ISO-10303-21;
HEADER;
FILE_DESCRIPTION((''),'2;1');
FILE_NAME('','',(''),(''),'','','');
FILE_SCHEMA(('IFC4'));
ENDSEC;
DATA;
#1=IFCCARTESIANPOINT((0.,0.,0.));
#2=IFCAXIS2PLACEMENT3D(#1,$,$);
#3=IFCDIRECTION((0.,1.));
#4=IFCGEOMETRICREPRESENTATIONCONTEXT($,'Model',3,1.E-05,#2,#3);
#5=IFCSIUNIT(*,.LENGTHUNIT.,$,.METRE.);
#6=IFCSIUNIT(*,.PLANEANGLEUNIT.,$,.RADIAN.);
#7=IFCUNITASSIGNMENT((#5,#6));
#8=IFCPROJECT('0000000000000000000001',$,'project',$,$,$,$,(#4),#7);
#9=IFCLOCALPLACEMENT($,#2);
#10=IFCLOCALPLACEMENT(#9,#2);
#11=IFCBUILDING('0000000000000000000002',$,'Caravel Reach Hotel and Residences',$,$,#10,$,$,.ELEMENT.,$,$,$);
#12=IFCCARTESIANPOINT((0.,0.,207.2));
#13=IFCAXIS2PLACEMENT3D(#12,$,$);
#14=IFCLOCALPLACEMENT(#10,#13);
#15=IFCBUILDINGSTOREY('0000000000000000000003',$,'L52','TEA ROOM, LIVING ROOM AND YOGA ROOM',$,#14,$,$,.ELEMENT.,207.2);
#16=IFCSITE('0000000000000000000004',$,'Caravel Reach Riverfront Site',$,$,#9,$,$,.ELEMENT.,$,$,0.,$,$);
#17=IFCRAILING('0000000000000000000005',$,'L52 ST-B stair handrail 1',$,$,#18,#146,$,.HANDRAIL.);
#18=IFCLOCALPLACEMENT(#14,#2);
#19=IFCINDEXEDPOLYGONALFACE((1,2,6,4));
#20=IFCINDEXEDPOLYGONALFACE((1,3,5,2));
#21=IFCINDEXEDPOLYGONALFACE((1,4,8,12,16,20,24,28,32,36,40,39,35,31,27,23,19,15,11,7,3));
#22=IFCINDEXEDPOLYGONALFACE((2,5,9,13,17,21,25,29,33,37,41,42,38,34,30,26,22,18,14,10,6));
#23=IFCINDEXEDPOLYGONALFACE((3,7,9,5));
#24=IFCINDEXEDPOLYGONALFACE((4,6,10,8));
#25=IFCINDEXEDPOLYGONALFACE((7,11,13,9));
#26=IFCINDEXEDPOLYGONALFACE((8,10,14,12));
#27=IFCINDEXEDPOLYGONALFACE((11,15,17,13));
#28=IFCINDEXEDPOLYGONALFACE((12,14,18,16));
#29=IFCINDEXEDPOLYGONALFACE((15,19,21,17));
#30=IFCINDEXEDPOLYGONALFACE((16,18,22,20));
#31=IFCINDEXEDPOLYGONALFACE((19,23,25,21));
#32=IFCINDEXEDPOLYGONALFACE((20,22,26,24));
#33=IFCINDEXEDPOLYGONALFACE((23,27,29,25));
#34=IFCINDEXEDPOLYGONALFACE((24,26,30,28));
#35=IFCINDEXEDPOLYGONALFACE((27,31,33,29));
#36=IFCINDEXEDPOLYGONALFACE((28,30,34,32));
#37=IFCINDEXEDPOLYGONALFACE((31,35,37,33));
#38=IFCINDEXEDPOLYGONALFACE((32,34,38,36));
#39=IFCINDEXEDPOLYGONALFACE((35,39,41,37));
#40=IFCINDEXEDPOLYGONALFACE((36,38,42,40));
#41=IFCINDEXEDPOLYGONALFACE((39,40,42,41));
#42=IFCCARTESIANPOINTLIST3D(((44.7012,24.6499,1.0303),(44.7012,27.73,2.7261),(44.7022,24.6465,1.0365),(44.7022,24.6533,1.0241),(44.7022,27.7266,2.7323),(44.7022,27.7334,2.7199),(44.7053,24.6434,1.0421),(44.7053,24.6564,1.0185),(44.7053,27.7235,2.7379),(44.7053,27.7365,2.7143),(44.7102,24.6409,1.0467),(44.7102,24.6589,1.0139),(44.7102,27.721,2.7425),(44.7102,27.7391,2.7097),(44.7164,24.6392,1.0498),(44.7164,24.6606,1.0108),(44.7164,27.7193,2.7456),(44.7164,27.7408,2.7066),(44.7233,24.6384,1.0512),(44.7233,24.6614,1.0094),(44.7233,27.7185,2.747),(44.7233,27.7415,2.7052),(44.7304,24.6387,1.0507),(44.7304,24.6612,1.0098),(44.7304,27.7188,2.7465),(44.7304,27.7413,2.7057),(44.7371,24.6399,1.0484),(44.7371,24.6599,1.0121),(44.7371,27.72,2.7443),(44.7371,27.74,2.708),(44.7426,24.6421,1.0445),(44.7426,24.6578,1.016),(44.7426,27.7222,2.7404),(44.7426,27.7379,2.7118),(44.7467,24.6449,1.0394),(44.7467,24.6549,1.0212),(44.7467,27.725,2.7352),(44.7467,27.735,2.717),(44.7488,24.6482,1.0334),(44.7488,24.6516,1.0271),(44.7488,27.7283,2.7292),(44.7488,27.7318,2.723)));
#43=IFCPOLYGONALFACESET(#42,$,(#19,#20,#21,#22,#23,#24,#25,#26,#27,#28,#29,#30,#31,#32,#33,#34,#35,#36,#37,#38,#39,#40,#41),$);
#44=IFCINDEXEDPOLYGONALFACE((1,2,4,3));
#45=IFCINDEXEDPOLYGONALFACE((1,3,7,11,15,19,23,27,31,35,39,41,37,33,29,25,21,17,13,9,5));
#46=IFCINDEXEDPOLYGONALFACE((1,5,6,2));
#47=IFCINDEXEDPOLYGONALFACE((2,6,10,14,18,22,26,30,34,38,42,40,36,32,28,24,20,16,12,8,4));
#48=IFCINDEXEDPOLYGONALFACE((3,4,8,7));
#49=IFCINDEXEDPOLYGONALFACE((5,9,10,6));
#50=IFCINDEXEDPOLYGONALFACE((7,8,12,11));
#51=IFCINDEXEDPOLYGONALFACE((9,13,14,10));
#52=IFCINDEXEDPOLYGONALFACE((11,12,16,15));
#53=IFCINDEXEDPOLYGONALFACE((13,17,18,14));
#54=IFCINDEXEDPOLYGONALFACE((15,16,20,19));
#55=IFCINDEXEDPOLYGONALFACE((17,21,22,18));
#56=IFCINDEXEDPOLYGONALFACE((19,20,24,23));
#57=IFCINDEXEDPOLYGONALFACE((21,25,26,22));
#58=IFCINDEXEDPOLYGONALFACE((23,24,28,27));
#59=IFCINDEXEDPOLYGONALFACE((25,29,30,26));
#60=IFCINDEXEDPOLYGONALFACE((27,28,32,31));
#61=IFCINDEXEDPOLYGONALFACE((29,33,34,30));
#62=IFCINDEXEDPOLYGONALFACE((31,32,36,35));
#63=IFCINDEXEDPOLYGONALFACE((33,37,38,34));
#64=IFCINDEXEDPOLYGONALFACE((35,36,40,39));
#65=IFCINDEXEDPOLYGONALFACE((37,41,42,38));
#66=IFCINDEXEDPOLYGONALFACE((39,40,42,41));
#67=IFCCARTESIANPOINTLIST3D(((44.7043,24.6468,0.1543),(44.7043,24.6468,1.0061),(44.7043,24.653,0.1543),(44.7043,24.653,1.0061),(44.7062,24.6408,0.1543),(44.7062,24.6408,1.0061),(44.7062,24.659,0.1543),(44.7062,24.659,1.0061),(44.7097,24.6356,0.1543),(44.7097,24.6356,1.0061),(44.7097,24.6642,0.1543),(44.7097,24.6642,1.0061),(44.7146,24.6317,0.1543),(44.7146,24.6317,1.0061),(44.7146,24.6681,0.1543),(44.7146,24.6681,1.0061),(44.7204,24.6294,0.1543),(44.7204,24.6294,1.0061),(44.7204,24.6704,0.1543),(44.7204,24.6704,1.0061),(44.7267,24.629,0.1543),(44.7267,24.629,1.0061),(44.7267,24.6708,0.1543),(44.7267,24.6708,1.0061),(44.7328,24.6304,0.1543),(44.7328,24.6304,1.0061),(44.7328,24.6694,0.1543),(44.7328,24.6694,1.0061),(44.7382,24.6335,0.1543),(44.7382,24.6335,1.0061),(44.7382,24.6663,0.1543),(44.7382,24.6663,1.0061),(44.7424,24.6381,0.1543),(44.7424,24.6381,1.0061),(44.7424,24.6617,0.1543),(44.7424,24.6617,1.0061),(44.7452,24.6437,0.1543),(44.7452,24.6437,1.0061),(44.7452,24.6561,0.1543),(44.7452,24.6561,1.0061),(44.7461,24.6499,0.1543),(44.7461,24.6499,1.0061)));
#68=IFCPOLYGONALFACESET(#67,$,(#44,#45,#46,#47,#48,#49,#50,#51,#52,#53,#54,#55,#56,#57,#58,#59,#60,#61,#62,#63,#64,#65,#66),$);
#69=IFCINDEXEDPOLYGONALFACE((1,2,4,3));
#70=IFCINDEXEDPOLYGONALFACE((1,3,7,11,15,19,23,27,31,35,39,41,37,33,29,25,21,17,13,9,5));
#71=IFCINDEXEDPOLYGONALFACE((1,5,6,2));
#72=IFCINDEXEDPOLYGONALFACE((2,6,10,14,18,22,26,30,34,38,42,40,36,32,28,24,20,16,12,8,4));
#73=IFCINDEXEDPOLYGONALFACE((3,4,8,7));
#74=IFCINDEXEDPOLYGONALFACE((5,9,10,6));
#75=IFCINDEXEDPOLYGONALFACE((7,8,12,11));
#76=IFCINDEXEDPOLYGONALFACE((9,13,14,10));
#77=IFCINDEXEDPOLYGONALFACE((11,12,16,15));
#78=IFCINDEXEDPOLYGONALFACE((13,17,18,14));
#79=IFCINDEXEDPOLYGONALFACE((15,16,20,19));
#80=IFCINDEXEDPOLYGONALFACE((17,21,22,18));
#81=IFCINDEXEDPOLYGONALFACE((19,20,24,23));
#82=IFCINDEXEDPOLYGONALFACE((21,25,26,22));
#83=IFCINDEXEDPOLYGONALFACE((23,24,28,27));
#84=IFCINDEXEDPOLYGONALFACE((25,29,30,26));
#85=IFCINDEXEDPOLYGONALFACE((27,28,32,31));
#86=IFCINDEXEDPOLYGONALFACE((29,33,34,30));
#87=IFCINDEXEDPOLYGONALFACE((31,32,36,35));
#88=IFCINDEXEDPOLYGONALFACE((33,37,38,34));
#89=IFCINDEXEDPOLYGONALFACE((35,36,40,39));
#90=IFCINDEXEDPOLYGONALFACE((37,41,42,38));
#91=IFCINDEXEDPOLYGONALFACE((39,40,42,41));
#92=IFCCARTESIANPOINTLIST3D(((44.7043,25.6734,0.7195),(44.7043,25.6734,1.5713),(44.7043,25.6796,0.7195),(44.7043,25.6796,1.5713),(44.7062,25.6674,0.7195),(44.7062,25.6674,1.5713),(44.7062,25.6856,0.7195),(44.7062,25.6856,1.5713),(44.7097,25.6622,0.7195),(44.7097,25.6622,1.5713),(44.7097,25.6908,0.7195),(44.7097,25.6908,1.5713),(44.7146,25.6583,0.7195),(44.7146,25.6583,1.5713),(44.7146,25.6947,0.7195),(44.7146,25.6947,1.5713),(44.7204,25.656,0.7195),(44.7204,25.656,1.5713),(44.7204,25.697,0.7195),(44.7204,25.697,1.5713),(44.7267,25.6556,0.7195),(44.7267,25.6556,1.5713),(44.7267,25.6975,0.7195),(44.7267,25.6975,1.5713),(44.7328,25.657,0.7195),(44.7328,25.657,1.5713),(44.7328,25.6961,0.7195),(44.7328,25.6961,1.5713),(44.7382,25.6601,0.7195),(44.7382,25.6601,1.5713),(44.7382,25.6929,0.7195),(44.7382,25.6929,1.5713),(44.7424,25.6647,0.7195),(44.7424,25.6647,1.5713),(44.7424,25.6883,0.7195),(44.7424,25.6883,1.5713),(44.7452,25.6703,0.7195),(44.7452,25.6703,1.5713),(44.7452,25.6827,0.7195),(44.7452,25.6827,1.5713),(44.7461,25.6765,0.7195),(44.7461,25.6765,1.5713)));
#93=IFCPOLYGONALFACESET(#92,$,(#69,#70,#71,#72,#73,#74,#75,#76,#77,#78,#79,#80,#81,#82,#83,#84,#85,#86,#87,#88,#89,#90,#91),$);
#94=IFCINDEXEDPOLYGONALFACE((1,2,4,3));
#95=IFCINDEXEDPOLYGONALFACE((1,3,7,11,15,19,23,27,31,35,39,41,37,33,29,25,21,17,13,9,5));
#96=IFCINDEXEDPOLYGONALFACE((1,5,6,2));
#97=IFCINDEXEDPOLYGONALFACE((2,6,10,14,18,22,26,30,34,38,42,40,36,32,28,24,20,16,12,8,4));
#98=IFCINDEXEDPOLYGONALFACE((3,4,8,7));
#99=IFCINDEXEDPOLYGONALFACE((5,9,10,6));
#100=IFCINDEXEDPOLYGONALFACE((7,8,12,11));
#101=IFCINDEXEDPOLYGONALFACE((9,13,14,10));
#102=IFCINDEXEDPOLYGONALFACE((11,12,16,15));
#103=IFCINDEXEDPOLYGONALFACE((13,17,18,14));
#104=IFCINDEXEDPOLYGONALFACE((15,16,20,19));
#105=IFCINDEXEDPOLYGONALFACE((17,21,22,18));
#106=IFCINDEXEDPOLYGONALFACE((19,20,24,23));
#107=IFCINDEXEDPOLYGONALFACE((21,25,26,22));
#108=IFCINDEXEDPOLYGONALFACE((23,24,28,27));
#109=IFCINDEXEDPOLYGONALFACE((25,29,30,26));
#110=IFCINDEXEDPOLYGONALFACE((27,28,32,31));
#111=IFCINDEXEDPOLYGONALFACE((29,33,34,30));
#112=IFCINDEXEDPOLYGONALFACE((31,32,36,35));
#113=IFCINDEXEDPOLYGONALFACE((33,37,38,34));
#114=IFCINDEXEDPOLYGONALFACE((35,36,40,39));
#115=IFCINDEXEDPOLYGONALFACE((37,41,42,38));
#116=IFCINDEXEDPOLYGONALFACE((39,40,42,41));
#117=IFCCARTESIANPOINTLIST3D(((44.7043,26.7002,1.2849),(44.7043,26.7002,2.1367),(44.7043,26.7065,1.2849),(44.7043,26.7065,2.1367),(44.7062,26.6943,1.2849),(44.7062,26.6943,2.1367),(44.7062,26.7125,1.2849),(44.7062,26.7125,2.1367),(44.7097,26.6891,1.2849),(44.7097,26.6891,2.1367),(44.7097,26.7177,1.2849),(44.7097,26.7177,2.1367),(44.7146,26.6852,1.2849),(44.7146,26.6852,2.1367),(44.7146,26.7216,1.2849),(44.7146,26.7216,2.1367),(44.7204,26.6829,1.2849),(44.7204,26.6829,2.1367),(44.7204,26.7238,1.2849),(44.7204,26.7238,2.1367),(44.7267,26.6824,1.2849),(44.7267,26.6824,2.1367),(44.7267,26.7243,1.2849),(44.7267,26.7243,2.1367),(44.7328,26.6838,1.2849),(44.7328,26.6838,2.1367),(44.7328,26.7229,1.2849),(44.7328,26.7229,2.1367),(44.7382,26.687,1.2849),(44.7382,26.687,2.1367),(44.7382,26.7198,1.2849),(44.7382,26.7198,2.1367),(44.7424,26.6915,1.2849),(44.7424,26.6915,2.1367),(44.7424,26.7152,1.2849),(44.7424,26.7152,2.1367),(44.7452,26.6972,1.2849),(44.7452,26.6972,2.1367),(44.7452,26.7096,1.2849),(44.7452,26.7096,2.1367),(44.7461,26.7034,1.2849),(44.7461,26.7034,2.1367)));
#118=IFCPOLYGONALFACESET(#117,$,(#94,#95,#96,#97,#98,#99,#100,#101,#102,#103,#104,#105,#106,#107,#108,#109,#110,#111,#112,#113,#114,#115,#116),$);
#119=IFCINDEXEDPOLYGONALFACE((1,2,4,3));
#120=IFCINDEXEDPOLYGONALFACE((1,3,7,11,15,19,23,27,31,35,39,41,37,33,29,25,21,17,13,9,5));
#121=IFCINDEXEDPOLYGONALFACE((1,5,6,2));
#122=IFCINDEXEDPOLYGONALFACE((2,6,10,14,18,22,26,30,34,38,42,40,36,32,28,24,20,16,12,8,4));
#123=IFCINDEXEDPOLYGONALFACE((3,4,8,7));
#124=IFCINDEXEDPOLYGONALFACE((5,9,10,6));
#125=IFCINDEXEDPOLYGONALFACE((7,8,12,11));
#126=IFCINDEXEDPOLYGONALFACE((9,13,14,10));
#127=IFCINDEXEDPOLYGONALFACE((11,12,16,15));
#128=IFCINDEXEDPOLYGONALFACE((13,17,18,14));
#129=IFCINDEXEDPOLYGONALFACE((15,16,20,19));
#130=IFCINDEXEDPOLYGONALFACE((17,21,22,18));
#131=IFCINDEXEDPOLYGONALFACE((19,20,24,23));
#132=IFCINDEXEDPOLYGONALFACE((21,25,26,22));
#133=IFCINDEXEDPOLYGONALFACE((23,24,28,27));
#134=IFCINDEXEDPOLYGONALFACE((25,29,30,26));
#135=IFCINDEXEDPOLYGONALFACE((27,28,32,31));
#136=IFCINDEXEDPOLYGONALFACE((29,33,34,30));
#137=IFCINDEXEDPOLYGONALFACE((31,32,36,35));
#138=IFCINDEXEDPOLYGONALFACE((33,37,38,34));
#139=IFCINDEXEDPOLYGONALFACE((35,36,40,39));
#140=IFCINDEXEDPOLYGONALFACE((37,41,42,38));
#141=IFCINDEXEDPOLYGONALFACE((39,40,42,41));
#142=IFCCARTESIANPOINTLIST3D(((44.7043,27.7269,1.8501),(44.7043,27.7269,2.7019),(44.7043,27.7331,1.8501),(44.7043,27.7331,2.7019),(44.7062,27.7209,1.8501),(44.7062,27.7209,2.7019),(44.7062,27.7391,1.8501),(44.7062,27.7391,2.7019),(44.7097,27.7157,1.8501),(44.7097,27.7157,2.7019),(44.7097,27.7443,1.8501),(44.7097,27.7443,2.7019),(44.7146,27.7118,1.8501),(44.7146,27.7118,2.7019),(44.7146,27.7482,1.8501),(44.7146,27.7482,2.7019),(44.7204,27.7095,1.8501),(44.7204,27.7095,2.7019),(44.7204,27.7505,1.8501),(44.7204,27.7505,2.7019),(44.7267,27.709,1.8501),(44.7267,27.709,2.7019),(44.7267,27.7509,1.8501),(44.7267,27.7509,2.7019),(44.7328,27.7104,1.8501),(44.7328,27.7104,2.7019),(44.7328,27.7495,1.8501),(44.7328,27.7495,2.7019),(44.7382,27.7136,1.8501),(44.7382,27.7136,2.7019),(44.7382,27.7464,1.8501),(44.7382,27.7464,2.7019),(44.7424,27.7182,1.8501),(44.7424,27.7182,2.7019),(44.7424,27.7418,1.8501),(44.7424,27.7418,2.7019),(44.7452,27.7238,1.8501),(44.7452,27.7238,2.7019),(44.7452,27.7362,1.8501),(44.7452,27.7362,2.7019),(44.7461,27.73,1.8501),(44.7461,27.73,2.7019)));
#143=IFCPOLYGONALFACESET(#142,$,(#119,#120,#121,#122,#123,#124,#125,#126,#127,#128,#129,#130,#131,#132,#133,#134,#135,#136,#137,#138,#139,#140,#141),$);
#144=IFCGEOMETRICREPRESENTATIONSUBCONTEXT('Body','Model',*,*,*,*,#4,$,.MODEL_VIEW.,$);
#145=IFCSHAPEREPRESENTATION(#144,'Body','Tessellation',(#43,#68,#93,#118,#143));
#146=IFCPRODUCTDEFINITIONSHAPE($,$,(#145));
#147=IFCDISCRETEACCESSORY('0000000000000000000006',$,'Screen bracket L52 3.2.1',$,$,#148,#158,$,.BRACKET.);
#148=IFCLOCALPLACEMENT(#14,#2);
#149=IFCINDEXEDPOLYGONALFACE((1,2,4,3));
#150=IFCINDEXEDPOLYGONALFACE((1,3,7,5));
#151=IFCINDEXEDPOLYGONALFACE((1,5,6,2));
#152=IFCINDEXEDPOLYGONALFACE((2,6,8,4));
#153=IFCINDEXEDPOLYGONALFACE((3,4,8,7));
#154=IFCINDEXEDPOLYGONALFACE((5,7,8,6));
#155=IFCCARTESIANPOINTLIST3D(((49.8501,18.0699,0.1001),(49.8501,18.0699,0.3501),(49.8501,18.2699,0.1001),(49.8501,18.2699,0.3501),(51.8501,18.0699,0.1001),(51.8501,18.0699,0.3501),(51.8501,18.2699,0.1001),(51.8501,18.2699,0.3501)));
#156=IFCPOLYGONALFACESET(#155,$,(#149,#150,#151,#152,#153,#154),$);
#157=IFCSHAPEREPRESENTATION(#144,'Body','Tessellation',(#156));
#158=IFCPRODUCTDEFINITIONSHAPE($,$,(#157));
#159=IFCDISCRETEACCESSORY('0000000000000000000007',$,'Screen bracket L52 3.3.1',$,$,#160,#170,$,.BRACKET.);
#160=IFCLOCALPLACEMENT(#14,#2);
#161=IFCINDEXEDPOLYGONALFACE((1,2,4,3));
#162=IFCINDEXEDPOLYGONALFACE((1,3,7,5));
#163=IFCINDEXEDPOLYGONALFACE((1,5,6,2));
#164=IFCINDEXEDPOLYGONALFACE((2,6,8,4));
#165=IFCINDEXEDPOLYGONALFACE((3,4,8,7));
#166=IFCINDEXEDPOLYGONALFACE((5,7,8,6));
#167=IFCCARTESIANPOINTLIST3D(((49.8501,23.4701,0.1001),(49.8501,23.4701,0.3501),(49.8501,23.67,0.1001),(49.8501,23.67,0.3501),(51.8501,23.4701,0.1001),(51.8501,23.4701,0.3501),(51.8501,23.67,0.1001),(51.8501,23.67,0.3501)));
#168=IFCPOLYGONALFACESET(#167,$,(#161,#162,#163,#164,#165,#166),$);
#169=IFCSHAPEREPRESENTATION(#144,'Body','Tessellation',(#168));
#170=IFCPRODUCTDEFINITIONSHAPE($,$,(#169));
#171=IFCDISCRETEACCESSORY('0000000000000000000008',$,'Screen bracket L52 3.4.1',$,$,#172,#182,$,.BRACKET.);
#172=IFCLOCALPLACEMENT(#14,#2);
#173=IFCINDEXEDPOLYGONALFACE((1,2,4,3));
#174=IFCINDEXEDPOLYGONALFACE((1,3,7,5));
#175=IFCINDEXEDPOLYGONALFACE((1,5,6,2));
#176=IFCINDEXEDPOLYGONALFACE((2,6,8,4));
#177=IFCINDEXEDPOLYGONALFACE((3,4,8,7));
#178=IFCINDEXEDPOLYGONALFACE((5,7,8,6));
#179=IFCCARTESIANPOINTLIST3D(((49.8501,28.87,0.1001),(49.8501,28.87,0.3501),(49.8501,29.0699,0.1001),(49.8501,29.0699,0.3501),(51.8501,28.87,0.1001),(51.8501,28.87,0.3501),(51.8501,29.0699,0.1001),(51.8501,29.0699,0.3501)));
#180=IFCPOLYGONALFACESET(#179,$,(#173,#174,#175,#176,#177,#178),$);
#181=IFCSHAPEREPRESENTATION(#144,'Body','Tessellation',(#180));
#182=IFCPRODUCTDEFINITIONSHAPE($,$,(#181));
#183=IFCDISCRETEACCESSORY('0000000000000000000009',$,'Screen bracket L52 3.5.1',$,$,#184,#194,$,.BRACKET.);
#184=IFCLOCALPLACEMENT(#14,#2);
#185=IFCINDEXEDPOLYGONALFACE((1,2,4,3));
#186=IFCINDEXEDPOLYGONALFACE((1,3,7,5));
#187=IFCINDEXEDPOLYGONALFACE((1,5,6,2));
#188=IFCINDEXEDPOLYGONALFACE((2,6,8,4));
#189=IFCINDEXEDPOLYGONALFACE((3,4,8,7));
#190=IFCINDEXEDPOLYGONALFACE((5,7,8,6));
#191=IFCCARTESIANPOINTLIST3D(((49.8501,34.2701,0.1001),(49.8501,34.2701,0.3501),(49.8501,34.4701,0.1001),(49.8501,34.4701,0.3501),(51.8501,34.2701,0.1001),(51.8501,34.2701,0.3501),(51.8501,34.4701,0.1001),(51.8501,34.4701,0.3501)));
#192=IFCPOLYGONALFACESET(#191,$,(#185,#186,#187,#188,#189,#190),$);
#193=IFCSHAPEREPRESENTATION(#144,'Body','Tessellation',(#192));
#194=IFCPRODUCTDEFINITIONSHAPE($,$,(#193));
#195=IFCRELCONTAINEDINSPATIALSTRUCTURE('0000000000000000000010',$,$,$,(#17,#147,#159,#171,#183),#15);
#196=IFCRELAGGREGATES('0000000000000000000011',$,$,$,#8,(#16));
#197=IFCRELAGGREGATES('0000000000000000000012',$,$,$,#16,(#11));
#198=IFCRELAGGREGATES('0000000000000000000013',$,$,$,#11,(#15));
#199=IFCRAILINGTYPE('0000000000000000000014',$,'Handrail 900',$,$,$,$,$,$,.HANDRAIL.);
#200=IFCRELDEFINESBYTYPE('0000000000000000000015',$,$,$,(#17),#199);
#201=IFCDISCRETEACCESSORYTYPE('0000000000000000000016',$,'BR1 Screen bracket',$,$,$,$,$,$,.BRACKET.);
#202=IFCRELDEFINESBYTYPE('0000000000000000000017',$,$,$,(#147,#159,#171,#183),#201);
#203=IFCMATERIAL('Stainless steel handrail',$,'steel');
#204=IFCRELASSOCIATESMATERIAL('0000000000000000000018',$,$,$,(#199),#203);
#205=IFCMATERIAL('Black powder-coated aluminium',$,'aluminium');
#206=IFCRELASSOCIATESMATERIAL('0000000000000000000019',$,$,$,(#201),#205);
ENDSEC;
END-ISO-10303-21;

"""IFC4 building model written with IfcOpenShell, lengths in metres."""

from ifc_helpers import new_model, si_unit, direction, frame, origin, origin_2d, place, context, subcontext, project, spatial, rectangle, circle, extrude, material, type_object, element, save


model = new_model("IFC4")

# Units and contexts
model_context = context("Model", 3, precision=1e-05, world=origin(), true_north=direction((0.0, 1.0)))
body_context = subcontext(model_context, "Body", "Model", "MODEL_VIEW")
ifc_project = project(units=[si_unit("LENGTHUNIT", "METRE"), si_unit("PLANEANGLEUNIT", "RADIAN")], contexts=[model_context])

# Site, building, storey
site_placement = place(None, origin())
site = spatial("IfcSite", under=ifc_project, at=site_placement, Name="Caravel Reach Riverfront Site", CompositionType="ELEMENT", RefElevation=0.0)
building_placement = place(site_placement, origin())
building = spatial("IfcBuilding", under=site, at=building_placement, Name="Caravel Reach Hotel and Residences", CompositionType="ELEMENT")
storey_placement = place(building_placement, frame((0.0, 0.0, 207.2)))
storey = spatial("IfcBuildingStorey", under=building, at=storey_placement, Name="L52", Description="TEA ROOM, LIVING ROOM AND YOGA ROOM", CompositionType="ELEMENT", Elevation=207.2)

# Railing
ifc_material_1 = material(Name="Stainless steel handrail", Category="steel")
railing_type = type_object("IfcRailingType", Name="Handrail 900", PredefinedType="HANDRAIL", material=ifc_material_1)
railing_placement = place(storey_placement, frame((44.7251, 24.6499, 0.1543)))
element("IfcRailing", 1, at=railing_placement, inside=storey, type_object=railing_type, Name="L52 ST-B stair handrail 1", PredefinedType="HANDRAIL", context=body_context, shape_type="SweptSolid", body=[
    extrude(circle(Radius=0.0239, at=origin_2d()), frame((0.0, 0.0, 0.876), z_axis=(0.0, 0.876005, 0.482303), x_axis=(-1.0, 0.0, 0.0)), (0.0, 0.0, 1.0), 3.5161),
    extrude(circle(Radius=0.021, at=origin_2d()), origin(), (0.0, 0.0, 1.0), 0.8518),
    extrude(circle(Radius=0.021, at=origin_2d()), frame((0.0, 1.0266, 0.5652)), (0.0, 0.0, 1.0), 0.8518),
    extrude(circle(Radius=0.021, at=origin_2d()), frame((0.0, 2.0535, 1.1306)), (0.0, 0.0, 1.0), 0.8518),
    extrude(circle(Radius=0.021, at=origin_2d()), frame((0.0, 3.0801, 1.6958)), (0.0, 0.0, 1.0), 0.8518),
])

# Discrete accessories
ifc_material_2 = material(Name="Black powder-coated aluminium", Category="aluminium")
discrete_accessory_type = type_object("IfcDiscreteAccessoryType", Name="BR1 Screen bracket", PredefinedType="BRACKET", material=ifc_material_2)
for number, where, z_axis, x_axis, name in (
    (2, (50.8501, 18.1699, 0.1001), (0.0, 0.0, 1.0), (1.0, 0.0, 0.0), "Screen bracket L52 3.2.1"),
    (3, (50.8501, 23.5701, 0.1001), (0.0, 0.0, 1.0), (1.0, 0.0, 0.0), "Screen bracket L52 3.3.1"),
    (4, (50.8501, 28.97, 0.1001), (0.0, 0.0, 1.0), (1.0, 0.0, 0.0), "Screen bracket L52 3.4.1"),
    (5, (50.8501, 34.3701, 0.1001), (0.0, 0.0, 1.0), (1.0, 0.0, 0.0), "Screen bracket L52 3.5.1"),
):
    element("IfcDiscreteAccessory", number, at=place(storey_placement, frame(where, z_axis=z_axis, x_axis=x_axis)), inside=storey, type_object=discrete_accessory_type, Name=name, PredefinedType="BRACKET", context=body_context, shape_type="SweptSolid", body=[
        extrude(rectangle(XDim=2.0, YDim=0.2, at=origin_2d()), origin(), (0.0, 0.0, 1.0), 0.25),
    ])

save(model, "model.ifc")
